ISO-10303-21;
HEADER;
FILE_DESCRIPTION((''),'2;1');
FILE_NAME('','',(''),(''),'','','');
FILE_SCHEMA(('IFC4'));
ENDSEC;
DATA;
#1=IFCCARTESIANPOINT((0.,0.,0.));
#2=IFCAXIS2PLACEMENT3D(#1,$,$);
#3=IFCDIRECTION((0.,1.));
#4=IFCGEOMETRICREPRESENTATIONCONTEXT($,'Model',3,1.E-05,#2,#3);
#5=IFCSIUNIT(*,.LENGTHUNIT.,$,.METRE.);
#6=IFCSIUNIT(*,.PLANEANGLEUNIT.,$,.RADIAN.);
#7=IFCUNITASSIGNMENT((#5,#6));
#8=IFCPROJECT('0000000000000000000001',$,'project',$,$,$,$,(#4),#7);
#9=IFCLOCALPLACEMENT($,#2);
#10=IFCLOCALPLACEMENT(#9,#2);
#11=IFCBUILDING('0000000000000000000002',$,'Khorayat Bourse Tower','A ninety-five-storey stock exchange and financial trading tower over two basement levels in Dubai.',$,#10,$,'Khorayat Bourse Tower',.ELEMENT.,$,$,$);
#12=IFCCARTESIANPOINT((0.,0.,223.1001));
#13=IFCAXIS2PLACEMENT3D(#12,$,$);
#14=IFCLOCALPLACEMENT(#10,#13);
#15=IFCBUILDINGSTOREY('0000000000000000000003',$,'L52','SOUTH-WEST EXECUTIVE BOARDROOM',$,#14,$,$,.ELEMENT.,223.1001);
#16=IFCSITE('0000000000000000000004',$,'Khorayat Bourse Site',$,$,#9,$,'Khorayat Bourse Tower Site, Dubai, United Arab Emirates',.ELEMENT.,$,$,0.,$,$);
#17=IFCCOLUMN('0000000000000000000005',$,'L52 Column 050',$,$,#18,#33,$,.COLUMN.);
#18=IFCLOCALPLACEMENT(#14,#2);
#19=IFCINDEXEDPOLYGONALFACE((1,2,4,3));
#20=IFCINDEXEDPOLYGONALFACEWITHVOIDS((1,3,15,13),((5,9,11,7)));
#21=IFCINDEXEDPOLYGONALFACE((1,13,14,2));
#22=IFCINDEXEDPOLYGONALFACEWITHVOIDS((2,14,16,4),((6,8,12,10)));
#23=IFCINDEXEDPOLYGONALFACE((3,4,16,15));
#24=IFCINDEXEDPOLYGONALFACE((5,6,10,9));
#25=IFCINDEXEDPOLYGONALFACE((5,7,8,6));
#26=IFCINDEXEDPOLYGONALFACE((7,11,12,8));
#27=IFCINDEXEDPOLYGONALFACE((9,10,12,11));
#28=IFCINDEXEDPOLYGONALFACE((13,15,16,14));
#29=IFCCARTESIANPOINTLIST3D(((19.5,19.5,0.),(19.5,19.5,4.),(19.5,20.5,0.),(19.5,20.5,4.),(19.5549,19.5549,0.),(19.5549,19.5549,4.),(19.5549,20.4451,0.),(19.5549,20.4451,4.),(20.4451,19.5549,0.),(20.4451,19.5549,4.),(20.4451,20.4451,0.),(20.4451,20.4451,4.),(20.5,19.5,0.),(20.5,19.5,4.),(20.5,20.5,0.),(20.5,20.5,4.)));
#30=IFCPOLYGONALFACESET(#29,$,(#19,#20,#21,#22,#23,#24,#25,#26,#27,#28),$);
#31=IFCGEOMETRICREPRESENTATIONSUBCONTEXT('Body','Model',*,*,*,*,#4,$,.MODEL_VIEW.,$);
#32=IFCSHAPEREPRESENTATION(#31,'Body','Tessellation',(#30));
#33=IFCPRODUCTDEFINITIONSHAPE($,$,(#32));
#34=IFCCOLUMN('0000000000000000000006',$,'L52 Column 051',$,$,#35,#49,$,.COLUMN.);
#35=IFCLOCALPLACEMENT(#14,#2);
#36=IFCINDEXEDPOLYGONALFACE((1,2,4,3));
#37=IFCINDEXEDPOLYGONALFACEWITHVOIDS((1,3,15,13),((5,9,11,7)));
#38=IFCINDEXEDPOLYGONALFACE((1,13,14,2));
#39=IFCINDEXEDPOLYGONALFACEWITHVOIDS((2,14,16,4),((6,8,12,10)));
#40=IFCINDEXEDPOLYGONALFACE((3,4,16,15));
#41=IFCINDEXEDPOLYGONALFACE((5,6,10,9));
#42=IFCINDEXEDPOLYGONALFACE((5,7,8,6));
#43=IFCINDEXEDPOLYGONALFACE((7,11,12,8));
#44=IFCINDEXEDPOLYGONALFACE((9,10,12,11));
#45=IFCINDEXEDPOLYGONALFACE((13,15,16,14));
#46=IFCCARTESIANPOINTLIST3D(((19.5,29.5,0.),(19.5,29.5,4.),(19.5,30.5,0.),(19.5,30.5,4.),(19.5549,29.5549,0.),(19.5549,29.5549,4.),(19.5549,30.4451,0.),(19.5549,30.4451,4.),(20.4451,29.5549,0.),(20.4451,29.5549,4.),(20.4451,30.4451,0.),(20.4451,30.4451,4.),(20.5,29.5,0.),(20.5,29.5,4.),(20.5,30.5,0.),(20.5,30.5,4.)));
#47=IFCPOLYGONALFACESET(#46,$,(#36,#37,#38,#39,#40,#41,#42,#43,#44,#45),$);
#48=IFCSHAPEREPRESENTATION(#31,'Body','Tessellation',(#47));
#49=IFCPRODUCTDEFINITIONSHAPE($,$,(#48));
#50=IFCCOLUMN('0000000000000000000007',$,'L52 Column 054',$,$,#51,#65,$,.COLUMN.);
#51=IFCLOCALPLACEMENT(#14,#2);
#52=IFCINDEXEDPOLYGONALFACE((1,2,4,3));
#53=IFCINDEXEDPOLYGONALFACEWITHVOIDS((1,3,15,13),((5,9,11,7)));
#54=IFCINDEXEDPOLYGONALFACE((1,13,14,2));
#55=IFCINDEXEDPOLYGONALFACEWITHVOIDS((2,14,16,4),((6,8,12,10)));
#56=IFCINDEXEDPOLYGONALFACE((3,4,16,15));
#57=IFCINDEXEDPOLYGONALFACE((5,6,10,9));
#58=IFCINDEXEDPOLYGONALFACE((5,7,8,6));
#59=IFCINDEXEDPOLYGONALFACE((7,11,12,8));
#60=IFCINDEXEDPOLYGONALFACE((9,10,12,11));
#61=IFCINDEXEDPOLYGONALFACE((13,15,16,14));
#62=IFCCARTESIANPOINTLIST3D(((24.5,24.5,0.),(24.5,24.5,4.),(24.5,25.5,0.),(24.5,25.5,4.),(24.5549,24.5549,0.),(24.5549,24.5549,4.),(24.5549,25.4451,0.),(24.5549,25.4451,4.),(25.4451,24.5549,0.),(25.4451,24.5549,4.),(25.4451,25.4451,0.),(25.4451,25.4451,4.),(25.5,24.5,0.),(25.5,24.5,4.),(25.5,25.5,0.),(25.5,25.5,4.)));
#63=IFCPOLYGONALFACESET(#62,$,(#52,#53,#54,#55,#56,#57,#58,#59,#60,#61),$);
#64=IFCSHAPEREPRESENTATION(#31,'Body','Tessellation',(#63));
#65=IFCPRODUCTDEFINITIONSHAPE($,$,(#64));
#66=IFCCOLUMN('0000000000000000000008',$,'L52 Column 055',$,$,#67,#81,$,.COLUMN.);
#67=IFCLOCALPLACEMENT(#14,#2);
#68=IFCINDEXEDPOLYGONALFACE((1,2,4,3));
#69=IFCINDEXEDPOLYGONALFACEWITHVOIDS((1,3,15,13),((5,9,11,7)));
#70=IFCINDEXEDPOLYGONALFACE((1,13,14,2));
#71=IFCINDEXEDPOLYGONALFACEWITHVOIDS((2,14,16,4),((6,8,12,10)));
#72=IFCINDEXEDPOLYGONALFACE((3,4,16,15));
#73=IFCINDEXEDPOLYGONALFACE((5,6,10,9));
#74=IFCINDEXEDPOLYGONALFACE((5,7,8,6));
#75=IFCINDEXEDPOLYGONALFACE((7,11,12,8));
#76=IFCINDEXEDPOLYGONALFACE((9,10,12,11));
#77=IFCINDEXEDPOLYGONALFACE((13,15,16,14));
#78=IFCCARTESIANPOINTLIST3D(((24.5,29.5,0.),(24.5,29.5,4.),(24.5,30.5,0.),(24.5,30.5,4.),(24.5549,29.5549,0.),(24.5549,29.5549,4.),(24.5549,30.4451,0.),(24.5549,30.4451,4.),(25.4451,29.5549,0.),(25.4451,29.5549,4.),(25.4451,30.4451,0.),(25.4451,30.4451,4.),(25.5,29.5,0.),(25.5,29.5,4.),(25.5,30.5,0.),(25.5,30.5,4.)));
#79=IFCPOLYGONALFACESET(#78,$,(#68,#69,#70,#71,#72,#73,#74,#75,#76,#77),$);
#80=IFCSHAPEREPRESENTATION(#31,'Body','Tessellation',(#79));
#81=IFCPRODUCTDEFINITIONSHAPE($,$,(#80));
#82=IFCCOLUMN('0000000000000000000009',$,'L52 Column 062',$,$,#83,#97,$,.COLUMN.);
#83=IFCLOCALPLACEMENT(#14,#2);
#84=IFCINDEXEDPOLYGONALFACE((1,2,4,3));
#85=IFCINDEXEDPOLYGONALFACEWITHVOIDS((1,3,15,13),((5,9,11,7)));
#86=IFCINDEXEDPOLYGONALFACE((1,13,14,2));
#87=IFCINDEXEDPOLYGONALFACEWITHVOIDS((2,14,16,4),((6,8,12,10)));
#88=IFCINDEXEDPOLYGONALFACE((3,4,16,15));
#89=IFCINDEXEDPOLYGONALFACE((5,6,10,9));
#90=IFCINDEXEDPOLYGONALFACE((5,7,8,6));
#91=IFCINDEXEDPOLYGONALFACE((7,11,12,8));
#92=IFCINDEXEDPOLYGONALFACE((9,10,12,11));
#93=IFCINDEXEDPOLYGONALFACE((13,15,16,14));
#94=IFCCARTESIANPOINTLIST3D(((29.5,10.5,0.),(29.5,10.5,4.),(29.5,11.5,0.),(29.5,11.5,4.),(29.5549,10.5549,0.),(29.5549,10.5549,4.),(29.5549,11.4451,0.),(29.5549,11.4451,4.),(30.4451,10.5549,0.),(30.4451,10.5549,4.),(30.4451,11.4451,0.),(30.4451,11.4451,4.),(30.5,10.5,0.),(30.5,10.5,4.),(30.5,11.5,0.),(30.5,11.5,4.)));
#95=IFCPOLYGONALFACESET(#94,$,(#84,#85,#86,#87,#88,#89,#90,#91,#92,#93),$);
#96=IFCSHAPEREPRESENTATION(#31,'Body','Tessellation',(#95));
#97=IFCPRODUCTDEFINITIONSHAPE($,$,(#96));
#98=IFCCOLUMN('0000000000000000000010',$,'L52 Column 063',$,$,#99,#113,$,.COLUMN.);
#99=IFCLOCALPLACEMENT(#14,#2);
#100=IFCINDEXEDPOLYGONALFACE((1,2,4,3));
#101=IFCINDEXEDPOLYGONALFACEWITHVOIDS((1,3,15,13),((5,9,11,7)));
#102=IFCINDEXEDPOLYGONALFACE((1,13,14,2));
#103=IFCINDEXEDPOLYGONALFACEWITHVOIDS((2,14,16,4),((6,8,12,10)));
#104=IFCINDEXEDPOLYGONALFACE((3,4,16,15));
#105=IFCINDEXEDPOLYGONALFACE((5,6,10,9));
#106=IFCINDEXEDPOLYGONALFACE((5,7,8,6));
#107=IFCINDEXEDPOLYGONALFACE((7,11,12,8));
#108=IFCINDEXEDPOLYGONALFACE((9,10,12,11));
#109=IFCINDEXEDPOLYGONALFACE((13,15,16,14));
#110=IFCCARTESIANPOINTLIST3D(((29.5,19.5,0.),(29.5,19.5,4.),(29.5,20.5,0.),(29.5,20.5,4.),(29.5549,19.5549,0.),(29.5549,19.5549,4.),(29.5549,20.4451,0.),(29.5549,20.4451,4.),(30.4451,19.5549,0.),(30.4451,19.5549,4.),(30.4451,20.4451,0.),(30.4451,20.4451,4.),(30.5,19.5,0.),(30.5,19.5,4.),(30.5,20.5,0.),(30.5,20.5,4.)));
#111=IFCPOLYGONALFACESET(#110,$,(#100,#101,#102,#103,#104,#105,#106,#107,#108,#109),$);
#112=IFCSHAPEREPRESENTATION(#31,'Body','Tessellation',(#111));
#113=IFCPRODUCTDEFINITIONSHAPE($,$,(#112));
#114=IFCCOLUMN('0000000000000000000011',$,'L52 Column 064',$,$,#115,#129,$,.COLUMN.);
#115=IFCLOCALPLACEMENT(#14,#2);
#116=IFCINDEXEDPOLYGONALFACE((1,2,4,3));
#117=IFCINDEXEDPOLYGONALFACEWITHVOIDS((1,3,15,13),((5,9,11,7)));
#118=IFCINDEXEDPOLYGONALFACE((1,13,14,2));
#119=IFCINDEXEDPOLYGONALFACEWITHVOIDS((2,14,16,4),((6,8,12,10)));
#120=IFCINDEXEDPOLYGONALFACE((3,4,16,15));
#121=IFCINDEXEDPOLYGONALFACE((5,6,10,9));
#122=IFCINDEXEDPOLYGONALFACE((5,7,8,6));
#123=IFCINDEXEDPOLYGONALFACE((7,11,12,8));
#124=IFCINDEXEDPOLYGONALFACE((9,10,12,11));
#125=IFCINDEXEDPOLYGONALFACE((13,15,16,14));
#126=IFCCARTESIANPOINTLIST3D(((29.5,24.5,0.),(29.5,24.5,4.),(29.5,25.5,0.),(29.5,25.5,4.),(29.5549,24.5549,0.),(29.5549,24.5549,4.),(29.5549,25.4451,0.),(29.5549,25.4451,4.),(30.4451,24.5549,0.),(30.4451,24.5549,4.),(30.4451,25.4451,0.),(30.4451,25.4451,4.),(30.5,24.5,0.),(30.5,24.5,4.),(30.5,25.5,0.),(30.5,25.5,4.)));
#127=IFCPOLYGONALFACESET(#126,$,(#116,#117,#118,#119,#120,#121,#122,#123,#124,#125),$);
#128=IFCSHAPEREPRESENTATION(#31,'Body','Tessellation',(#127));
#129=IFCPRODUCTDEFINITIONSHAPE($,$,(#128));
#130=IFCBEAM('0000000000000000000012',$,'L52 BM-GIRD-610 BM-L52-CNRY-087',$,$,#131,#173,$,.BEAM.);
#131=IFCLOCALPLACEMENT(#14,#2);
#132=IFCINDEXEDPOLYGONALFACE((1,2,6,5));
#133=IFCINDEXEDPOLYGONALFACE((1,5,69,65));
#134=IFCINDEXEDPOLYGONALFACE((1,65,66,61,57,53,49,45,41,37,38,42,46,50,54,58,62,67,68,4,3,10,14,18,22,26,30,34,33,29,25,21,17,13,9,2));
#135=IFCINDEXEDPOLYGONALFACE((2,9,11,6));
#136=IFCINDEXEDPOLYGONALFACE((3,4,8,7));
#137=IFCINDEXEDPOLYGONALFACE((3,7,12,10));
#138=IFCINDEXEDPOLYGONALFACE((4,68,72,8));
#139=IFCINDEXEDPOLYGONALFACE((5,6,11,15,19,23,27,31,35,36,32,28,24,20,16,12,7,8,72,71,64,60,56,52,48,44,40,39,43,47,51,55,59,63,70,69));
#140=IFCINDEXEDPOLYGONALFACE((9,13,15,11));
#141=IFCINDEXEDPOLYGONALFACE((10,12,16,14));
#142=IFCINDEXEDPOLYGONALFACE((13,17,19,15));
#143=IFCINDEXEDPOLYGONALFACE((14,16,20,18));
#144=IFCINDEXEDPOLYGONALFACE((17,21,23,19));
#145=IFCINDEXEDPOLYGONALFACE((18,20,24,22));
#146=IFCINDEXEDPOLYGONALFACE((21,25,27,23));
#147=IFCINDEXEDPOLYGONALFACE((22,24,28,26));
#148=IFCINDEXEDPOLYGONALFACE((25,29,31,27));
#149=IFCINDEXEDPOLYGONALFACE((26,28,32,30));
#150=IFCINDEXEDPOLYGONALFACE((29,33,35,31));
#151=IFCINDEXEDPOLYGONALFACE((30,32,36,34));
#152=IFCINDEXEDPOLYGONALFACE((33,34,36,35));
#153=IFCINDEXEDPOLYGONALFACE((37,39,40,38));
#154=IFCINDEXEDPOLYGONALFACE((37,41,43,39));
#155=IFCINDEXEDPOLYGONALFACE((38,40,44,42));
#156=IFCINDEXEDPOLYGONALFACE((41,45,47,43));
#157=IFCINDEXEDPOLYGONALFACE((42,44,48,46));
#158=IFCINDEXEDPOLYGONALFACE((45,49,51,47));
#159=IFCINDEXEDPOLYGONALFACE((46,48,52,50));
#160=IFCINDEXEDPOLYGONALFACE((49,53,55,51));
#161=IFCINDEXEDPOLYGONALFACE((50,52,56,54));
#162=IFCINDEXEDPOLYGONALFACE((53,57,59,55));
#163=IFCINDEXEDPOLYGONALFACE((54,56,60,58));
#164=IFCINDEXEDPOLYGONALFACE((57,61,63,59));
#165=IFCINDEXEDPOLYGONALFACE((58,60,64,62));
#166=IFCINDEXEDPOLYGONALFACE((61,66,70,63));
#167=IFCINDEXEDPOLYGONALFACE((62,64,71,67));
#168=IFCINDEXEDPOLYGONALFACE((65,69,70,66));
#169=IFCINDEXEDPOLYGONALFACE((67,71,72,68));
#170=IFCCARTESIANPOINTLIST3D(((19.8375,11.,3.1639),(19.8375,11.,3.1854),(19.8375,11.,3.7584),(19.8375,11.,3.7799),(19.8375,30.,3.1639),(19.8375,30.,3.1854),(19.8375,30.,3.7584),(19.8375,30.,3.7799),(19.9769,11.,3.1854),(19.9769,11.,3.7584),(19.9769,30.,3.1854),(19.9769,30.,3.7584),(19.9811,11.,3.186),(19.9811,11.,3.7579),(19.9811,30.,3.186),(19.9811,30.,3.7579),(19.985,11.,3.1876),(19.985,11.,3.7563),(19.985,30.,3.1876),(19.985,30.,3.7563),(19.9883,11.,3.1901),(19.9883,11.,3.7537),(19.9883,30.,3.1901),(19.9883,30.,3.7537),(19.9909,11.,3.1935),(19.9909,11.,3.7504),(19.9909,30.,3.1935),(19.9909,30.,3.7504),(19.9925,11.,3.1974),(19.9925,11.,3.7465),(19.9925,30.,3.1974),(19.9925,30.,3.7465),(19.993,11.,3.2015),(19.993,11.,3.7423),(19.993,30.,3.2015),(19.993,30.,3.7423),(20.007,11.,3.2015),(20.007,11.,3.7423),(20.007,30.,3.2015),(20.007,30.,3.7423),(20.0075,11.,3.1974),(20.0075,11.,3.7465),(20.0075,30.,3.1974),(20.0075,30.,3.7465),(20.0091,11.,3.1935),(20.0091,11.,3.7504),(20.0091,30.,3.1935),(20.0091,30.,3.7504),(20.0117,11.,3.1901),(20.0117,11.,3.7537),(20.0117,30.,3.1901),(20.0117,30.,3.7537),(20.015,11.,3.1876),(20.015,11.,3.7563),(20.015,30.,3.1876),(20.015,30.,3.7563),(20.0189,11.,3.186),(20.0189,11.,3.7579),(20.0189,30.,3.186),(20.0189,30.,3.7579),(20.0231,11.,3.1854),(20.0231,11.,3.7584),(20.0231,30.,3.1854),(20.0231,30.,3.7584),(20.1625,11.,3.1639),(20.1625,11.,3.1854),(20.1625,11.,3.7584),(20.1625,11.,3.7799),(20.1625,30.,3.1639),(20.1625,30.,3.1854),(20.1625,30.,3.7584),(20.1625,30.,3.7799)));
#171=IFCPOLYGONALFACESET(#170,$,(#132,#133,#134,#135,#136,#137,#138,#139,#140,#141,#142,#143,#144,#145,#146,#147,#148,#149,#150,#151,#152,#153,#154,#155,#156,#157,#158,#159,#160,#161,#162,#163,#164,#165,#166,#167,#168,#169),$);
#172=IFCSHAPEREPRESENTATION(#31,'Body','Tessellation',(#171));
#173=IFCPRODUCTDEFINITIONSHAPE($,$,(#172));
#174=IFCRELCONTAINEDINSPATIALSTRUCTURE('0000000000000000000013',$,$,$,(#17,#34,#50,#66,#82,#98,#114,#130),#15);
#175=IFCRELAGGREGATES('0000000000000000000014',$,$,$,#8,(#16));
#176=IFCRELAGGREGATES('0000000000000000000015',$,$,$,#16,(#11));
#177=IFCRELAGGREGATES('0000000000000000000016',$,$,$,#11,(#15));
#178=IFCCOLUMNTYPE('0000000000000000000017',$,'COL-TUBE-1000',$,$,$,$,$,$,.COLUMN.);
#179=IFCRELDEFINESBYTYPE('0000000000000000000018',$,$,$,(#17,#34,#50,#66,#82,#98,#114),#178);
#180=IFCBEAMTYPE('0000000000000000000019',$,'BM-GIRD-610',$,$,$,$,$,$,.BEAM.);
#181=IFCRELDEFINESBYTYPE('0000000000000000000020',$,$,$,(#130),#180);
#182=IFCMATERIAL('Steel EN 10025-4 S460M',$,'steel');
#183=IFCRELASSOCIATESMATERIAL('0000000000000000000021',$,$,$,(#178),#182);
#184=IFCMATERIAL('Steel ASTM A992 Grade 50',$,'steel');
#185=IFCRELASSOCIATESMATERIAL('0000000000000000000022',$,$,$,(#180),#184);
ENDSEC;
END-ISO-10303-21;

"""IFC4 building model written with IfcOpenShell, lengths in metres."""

from ifc_helpers import new_model, si_unit, direction, frame, origin, origin_2d, place, context, subcontext, project, spatial, hollow_rectangle, i_section, extrude, source, transform, mapped, material, material_profile, profile_set, type_object, element, save


model = new_model("IFC4")

# Units and contexts
model_context = context("Model", 3, precision=1e-05, world=origin(), true_north=direction((0.0, 1.0)))
body_context = subcontext(model_context, "Body", "Model", "MODEL_VIEW")
ifc_project = project(units=[si_unit("LENGTHUNIT", "METRE"), si_unit("PLANEANGLEUNIT", "RADIAN")], contexts=[model_context])

# Site, building, storey
site_placement = place(None, origin())
site = spatial("IfcSite", under=ifc_project, at=site_placement, Name="Khorayat Bourse Site", LongName="Khorayat Bourse Tower Site, Dubai, United Arab Emirates", CompositionType="ELEMENT", RefElevation=0.0)
building_placement = place(site_placement, origin())
building = spatial("IfcBuilding", under=site, at=building_placement, Name="Khorayat Bourse Tower", Description="A ninety-five-storey stock exchange and financial trading tower over two basement levels in Dubai.", LongName="Khorayat Bourse Tower", CompositionType="ELEMENT")
storey_placement = place(building_placement, frame((0.0, 0.0, 223.1001)))
storey = spatial("IfcBuildingStorey", under=building, at=storey_placement, Name="L52", Description="SOUTH-WEST EXECUTIVE BOARDROOM", CompositionType="ELEMENT", Elevation=223.1001)

# Columns
ifc_material_1 = material(Name="Steel EN 10025-4 S460M", Category="steel")
ifc_material_profile_1 = material_profile(ifc_material_1, hollow_rectangle(XDim=1.0, YDim=1.0, WallThickness=0.0549, at=origin_2d()), Name="BOX 1000x1000x55")
ifc_profile_set_1 = profile_set([ifc_material_profile_1], Name="Steel EN 10025-4 S460M")
column_type = type_object("IfcColumnType", Name="COL-TUBE-1000", PredefinedType="COLUMN", material=ifc_profile_set_1)
shared_shape_1 = source(origin(), body_context, "Body", "SweptSolid", [
    extrude(hollow_rectangle(XDim=1.0, YDim=1.0, WallThickness=0.0549, at=origin_2d()), origin(), (0.0, 0.0, 1.0), 4.0),
])
for number, where, z_axis, x_axis, name in (
    (1, (20.0, 20.0, 0.0), (0.0, 0.0, 1.0), (1.0, 0.0, 0.0), "L52 Column 050"),
    (2, (20.0, 30.0, 0.0), (0.0, 0.0, 1.0), (1.0, 0.0, 0.0), "L52 Column 051"),
    (3, (25.0, 25.0, 0.0), (0.0, 0.0, 1.0), (1.0, 0.0, 0.0), "L52 Column 054"),
    (4, (25.0, 30.0, 0.0), (0.0, 0.0, 1.0), (1.0, 0.0, 0.0), "L52 Column 055"),
    (5, (30.0, 11.0, 0.0), (0.0, 0.0, 1.0), (1.0, 0.0, 0.0), "L52 Column 062"),
    (6, (30.0, 20.0, 0.0), (0.0, 0.0, 1.0), (1.0, 0.0, 0.0), "L52 Column 063"),
    (7, (30.0, 25.0, 0.0), (0.0, 0.0, 1.0), (1.0, 0.0, 0.0), "L52 Column 064"),
):
    element("IfcColumn", number, at=place(storey_placement, frame(where, z_axis=z_axis, x_axis=x_axis)), inside=storey, type_object=column_type, Name=name, PredefinedType="COLUMN", context=body_context, shape_type="MappedRepresentation", body=[
        mapped(shared_shape_1, transform((0.0, 0.0, 0.0), scale=1.0)),
    ])

# Beam
ifc_material_2 = material(Name="Steel ASTM A992 Grade 50", Category="steel")
ifc_material_profile_2 = material_profile(ifc_material_2, i_section(OverallWidth=0.325, OverallDepth=0.616, WebThickness=0.0139, FlangeThickness=0.0215, FilletRadius=0.0161, at=origin_2d()), Name="W610X174")
ifc_profile_set_2 = profile_set([ifc_material_profile_2], Name="Steel ASTM A992 Grade 50")
beam_type_1 = type_object("IfcBeamType", Name="BM-GIRD-610", PredefinedType="BEAM", material=ifc_profile_set_2)
shared_shape_2 = source(origin(), body_context, "Body", "SweptSolid", [
    extrude(i_section(OverallWidth=0.325, OverallDepth=0.616, WebThickness=0.0139, FlangeThickness=0.0215, FilletRadius=0.0161, at=origin_2d()), origin(), (0.0, 0.0, 1.0), 19.0),
])
beam_1_placement = place(storey_placement, frame((20.0, 11.0, 3.4719), z_axis=(0.0, 1.0, 0.0), x_axis=(-1.0, 0.0, 0.0)))
element("IfcBeam", 8, at=beam_1_placement, inside=storey, type_object=beam_type_1, Name="L52 BM-GIRD-610 BM-L52-CNRY-087", PredefinedType="BEAM", context=body_context, shape_type="MappedRepresentation", body=[
    mapped(shared_shape_2, transform((0.0, 0.0, 0.0), scale=1.0)),
])

save(model, "model.ifc")
